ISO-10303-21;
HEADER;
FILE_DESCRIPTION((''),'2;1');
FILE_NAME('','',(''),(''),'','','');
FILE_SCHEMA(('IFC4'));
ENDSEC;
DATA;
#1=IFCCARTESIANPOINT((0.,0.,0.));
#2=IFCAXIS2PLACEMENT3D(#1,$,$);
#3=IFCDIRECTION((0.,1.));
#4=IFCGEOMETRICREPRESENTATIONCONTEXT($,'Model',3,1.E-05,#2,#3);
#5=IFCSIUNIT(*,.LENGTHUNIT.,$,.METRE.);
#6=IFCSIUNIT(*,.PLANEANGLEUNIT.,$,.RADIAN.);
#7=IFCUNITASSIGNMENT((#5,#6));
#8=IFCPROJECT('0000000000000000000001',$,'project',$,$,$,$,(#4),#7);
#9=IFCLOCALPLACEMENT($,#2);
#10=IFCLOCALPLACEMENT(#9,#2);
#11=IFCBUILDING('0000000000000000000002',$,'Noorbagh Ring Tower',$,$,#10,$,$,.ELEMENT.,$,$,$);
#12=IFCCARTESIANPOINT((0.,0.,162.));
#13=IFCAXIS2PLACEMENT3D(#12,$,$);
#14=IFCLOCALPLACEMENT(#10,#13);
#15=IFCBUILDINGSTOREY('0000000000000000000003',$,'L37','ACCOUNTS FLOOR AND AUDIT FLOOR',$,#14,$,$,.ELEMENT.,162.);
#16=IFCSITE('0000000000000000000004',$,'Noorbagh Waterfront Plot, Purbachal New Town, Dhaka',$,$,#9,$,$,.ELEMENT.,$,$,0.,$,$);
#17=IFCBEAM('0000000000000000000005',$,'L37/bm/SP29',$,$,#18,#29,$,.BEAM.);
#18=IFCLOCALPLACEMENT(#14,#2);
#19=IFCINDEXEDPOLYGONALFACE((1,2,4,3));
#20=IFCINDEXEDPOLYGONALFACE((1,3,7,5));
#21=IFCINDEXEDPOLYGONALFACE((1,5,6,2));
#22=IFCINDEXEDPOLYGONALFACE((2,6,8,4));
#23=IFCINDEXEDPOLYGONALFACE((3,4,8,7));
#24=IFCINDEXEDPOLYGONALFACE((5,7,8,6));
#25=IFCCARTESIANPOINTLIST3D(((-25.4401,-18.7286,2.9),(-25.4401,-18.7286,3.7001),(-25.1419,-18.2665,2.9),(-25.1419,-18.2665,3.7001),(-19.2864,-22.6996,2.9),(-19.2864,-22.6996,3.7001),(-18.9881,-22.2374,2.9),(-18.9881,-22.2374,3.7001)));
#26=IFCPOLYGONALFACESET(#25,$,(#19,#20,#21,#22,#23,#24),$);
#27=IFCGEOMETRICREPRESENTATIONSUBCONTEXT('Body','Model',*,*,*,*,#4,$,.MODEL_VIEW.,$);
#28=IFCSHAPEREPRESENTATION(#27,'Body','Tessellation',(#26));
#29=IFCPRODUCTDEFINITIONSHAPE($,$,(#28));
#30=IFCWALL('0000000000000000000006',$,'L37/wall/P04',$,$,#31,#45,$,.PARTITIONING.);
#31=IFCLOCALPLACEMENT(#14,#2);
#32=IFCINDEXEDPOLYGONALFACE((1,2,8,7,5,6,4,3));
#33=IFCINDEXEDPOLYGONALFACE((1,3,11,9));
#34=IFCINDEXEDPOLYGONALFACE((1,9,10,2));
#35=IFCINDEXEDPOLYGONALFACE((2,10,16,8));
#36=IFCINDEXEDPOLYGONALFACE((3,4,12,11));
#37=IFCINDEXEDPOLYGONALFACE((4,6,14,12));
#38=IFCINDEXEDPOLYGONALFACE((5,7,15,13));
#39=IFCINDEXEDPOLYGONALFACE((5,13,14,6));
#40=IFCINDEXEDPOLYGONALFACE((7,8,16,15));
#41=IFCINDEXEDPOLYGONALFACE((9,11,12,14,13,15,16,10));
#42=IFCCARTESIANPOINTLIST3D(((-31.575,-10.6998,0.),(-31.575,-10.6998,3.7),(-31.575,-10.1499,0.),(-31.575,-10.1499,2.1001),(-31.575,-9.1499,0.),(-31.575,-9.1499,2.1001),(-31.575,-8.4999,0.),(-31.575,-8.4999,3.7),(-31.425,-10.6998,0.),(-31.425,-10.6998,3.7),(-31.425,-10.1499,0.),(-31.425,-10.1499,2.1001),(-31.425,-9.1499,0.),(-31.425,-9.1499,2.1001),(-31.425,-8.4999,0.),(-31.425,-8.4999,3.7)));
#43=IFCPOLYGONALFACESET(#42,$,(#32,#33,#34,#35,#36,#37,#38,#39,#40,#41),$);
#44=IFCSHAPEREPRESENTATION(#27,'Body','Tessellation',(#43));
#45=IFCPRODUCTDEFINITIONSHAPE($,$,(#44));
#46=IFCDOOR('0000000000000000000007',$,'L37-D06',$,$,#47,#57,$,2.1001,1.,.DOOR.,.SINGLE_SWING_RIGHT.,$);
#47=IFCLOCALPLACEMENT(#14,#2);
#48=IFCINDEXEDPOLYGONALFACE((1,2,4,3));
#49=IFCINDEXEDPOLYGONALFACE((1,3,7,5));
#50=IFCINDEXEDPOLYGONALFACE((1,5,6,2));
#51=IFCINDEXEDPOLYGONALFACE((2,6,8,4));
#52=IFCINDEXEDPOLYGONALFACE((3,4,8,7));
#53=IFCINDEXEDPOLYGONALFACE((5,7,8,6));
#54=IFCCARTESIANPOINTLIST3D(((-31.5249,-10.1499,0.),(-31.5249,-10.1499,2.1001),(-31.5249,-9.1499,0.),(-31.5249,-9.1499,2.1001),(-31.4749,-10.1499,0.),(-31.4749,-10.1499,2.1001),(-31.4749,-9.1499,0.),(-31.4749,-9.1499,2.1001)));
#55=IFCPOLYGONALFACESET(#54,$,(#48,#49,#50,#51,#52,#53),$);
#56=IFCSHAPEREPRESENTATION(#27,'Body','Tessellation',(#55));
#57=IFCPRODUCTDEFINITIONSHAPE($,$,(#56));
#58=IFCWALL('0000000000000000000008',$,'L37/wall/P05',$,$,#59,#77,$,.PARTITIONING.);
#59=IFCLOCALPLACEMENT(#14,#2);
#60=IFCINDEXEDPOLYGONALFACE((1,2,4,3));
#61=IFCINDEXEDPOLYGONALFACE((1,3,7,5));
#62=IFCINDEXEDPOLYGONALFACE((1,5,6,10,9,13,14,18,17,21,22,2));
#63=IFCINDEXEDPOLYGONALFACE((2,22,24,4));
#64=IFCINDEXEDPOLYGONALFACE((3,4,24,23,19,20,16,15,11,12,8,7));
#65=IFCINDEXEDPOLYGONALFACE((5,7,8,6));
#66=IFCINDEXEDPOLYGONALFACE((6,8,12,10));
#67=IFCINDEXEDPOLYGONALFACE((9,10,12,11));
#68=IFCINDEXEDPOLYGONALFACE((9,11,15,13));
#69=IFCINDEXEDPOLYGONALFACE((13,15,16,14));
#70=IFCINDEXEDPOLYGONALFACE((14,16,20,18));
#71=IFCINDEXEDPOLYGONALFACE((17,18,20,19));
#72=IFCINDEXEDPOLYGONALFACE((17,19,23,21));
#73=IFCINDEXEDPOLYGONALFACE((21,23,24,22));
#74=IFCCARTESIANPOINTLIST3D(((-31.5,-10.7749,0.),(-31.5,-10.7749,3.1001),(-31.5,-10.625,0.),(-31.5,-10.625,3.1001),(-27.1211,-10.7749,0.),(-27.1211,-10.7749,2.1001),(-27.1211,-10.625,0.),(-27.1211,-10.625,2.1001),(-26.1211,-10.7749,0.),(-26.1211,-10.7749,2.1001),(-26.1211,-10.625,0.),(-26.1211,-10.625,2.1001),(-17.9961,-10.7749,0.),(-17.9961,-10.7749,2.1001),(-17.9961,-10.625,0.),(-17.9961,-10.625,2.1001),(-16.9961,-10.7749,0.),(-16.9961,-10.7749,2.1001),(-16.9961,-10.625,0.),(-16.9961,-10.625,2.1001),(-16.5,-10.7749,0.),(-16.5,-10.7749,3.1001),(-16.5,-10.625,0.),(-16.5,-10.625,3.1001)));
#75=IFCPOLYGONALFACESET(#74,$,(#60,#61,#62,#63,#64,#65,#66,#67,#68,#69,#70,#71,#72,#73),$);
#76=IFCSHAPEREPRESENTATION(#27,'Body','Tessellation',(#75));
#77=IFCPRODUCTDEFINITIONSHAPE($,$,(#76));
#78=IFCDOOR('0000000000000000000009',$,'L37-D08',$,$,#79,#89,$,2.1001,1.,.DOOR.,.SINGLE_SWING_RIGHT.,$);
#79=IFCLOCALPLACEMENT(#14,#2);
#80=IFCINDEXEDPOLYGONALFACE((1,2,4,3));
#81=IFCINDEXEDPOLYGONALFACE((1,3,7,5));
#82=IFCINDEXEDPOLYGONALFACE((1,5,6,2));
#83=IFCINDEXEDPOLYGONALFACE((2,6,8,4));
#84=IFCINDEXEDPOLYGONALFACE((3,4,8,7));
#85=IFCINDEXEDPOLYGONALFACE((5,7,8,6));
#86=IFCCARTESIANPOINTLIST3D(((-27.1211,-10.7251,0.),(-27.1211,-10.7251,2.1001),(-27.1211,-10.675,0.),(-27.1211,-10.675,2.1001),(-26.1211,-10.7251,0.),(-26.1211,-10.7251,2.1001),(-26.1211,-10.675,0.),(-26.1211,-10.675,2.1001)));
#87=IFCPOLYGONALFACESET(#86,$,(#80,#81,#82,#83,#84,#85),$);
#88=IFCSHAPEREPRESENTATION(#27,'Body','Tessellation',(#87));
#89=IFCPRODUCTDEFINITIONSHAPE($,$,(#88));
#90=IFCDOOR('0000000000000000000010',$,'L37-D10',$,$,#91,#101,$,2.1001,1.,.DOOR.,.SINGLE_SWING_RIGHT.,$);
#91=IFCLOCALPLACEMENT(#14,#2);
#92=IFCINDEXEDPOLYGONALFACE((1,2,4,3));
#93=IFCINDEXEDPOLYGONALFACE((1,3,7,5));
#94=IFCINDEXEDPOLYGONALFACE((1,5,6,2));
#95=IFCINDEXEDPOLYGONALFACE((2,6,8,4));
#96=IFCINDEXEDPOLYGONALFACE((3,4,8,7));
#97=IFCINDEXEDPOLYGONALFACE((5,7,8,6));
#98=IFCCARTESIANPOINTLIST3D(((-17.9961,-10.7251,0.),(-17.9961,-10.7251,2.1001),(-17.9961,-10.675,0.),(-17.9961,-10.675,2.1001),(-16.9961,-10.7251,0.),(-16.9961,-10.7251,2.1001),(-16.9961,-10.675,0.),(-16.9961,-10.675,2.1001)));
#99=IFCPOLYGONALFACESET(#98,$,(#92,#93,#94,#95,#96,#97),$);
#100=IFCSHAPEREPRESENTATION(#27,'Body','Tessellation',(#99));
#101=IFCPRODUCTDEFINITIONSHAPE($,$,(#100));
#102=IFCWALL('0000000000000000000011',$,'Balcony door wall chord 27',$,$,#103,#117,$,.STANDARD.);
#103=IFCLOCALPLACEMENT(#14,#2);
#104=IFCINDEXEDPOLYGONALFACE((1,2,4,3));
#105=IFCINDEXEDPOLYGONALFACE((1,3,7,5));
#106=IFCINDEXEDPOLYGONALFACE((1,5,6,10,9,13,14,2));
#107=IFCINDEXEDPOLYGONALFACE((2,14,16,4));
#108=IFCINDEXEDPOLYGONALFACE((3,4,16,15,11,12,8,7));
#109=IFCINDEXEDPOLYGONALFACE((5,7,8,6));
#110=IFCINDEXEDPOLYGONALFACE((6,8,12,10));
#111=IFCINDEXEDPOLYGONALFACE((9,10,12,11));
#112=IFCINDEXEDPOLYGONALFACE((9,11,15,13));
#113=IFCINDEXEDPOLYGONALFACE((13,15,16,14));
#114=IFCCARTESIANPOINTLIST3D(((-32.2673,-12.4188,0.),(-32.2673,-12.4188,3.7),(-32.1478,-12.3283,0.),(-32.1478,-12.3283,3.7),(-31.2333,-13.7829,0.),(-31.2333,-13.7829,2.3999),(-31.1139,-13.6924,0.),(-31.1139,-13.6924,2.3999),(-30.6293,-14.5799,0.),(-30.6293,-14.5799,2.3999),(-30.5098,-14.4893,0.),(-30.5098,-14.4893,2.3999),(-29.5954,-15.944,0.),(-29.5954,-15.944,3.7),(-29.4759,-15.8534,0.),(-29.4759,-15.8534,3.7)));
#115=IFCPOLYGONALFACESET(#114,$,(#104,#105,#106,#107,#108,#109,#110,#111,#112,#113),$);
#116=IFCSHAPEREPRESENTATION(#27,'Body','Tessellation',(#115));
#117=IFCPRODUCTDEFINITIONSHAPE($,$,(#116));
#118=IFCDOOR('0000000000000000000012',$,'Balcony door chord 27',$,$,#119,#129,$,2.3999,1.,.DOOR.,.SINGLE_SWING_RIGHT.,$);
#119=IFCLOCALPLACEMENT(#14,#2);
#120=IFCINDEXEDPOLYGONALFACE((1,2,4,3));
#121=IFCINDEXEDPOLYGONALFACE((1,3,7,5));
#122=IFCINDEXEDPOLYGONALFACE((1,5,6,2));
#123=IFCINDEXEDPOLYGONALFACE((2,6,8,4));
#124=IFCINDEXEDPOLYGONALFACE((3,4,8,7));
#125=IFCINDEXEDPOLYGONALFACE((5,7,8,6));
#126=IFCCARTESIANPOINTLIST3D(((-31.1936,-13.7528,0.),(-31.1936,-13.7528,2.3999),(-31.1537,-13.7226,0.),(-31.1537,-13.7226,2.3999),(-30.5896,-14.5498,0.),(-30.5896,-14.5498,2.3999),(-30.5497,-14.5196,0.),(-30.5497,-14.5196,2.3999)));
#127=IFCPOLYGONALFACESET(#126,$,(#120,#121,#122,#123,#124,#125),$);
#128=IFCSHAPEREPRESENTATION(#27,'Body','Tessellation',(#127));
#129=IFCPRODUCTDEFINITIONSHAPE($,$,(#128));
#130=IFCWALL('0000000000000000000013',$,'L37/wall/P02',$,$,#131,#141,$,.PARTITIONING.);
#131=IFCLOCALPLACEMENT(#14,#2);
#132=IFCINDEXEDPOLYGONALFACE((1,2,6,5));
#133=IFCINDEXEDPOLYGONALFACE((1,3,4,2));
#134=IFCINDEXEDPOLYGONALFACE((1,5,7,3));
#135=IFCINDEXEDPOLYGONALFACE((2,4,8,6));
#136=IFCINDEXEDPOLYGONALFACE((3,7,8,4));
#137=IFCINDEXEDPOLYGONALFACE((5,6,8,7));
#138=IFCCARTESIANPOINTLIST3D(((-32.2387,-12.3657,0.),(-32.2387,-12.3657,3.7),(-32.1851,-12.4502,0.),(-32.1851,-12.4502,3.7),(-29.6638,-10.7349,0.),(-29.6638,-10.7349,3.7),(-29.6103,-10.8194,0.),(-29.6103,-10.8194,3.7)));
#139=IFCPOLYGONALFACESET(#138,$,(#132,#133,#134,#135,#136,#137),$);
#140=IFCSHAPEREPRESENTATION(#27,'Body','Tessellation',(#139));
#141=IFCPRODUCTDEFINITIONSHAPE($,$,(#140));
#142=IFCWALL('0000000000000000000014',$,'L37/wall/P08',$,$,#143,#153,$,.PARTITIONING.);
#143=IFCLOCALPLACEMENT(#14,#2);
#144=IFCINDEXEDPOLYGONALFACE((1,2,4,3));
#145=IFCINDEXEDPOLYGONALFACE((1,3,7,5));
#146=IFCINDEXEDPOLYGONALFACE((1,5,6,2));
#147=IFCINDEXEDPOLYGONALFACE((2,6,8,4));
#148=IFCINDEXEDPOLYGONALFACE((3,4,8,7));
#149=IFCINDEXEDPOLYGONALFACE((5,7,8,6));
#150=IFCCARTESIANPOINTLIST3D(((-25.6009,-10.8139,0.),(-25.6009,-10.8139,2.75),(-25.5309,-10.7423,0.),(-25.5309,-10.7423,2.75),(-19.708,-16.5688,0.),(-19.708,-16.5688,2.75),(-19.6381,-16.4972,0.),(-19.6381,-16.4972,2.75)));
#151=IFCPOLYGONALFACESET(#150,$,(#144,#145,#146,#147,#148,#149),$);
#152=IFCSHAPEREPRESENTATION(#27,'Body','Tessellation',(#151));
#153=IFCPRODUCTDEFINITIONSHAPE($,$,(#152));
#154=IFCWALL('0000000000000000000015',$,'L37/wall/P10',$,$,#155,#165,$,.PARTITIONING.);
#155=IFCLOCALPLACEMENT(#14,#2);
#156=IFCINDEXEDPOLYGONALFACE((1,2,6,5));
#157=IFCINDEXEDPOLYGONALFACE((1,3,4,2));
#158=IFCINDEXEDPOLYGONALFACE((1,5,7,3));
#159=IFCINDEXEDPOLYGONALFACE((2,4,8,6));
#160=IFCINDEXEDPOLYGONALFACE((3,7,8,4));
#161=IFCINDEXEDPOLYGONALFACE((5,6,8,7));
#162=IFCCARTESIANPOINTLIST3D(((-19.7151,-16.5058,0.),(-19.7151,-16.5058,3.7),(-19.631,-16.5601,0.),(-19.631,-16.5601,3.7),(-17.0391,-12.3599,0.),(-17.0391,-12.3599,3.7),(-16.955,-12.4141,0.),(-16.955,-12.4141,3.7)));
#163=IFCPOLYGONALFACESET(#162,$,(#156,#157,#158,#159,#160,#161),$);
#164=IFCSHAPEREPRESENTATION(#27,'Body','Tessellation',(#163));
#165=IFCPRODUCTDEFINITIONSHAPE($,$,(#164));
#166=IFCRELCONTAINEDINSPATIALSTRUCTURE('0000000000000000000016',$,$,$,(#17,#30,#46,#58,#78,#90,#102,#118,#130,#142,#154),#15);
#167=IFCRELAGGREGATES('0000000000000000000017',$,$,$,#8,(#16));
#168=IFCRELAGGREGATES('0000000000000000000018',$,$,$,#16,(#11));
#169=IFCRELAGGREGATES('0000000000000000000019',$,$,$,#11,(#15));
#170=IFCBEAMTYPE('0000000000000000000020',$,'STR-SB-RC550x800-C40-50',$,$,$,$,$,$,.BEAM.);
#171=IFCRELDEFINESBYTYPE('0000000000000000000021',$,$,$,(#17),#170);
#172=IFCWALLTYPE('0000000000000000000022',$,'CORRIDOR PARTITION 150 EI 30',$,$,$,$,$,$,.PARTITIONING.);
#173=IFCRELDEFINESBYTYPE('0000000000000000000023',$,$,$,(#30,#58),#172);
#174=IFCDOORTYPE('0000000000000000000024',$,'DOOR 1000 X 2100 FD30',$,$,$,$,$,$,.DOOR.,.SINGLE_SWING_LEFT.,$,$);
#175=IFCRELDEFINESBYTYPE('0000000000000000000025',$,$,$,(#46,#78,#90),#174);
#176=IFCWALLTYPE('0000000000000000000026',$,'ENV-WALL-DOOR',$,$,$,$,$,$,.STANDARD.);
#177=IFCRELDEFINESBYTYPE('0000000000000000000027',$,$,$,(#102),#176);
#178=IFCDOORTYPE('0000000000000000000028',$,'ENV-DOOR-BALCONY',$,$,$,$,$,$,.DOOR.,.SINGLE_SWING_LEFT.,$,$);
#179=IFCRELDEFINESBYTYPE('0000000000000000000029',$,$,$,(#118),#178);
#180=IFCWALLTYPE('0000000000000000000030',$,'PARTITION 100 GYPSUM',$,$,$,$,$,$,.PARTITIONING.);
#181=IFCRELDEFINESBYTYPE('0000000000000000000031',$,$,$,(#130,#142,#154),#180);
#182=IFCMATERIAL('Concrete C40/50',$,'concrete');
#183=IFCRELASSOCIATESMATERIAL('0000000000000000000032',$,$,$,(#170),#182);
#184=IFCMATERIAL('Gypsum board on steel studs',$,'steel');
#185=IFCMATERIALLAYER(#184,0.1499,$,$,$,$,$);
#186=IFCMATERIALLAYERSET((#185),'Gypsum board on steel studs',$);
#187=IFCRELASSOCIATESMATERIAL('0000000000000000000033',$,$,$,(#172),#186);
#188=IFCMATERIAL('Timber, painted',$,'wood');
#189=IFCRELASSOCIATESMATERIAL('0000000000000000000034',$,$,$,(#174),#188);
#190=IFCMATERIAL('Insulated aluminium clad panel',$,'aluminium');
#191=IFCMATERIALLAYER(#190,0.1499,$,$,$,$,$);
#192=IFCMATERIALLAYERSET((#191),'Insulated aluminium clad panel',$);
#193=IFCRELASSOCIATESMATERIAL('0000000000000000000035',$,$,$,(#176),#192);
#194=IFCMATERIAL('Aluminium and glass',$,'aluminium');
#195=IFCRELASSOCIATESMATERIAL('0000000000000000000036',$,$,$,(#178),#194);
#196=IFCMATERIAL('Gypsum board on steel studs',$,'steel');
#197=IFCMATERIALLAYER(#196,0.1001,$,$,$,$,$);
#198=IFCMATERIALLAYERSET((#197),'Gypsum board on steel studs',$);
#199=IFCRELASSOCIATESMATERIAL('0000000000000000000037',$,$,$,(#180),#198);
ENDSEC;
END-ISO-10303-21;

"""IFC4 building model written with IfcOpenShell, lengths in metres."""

from ifc_helpers import new_model, si_unit, direction, frame, frame_2d, origin, origin_2d, place, context, subcontext, project, spatial, rectangle, extrude, material, layer, layer_set, material_profile, profile_set, type_object, element, fill, save


model = new_model("IFC4")

# Units and contexts
model_context = context("Model", 3, precision=1e-05, world=origin(), true_north=direction((0.0, 1.0)))
body_context = subcontext(model_context, "Body", "Model", "MODEL_VIEW")
ifc_project = project(units=[si_unit("LENGTHUNIT", "METRE"), si_unit("PLANEANGLEUNIT", "RADIAN")], contexts=[model_context])

# Site, building, storey
site_placement = place(None, origin())
site = spatial("IfcSite", under=ifc_project, at=site_placement, Name="Noorbagh Waterfront Plot, Purbachal New Town, Dhaka", CompositionType="ELEMENT", RefElevation=0.0)
building_placement = place(site_placement, origin())
building = spatial("IfcBuilding", under=site, at=building_placement, Name="Noorbagh Ring Tower", CompositionType="ELEMENT")
storey_placement = place(building_placement, frame((0.0, 0.0, 162.0)))
storey = spatial("IfcBuildingStorey", under=building, at=storey_placement, Name="L37", Description="ACCOUNTS FLOOR AND AUDIT FLOOR", CompositionType="ELEMENT", Elevation=162.0)

# Beam
ifc_material_1 = material(Name="Concrete C40/50", Category="concrete")
ifc_material_profile_1 = material_profile(ifc_material_1, rectangle(XDim=0.55, YDim=0.8, at=origin_2d()), Name="RC550x800")
ifc_profile_set_1 = profile_set([ifc_material_profile_1], Name="Concrete C40/50")
beam_type_1 = type_object("IfcBeamType", Name="STR-SB-RC550x800-C40-50", PredefinedType="BEAM", material=ifc_profile_set_1)
beam_1_placement = place(storey_placement, frame((-25.291, -18.4976, 3.3), z_axis=(0.84025, -0.542199, 0.0), x_axis=(0.542199, 0.84025, 0.0)))
element("IfcBeam", 1, at=beam_1_placement, inside=storey, type_object=beam_type_1, Name="L37/bm/SP29", PredefinedType="BEAM", context=body_context, shape_type="SweptSolid", body=[
    extrude(rectangle(XDim=0.55, YDim=0.8, at=origin_2d()), origin(), (0.0, 0.0, 1.0), 7.3237),
])

# Wall, opening, door
ifc_material_2 = material(Name="Gypsum board on steel studs", Category="steel")
ifc_layer_1 = layer(ifc_material_2, 0.1499)
ifc_layer_set_1 = layer_set([ifc_layer_1], Name="Gypsum board on steel studs")
wall_type_1 = type_object("IfcWallType", Name="CORRIDOR PARTITION 150 EI 30", PredefinedType="PARTITIONING", material=ifc_layer_set_1)
wall_1_placement = place(storey_placement, frame((-31.5, -10.7, 0.0), z_axis=(0.0, 0.0, 1.0), x_axis=(0.0, 1.0, 0.0)))
wall_1 = element("IfcWall", 2, at=wall_1_placement, inside=storey, type_object=wall_type_1, Name="L37/wall/P04", PredefinedType="PARTITIONING", context=body_context, shape_type="SweptSolid", body=[
    extrude(rectangle(XDim=2.2, YDim=0.1499, at=frame_2d((1.1001, 0.0))), origin(), (0.0, 0.0, 1.0), 3.7),
])
opening_1_placement = place(wall_1_placement, frame((0.55, 0.0, 0.0)))
opening_1 = element("IfcOpeningElement", 3, at=opening_1_placement, cuts=wall_1, PredefinedType="OPENING", context=body_context, shape_type="SweptSolid", body=[
    extrude(rectangle(XDim=1.0, YDim=2.1001, at=frame_2d((0.5, 1.05))), frame((0.0, 0.085, 0.0), z_axis=(0.0, -1.0, 0.0), x_axis=(1.0, 0.0, 0.0)), (0.0, 0.0, 1.0), 0.1699),
])
ifc_material_3 = material(Name="Timber, painted", Category="wood")
door_type_1 = type_object("IfcDoorType", Name="DOOR 1000 X 2100 FD30", OperationType="SINGLE_SWING_LEFT", PredefinedType="DOOR", material=ifc_material_3)
door_1_placement = place(opening_1_placement, origin())
door_1 = element("IfcDoor", 4, at=door_1_placement, inside=storey, type_object=door_type_1, Name="L37-D06", OperationType="SINGLE_SWING_RIGHT", OverallHeight=2.1001, OverallWidth=1.0, PredefinedType="DOOR", context=body_context, shape_type="SweptSolid", body=[
    extrude(rectangle(XDim=1.0, YDim=2.1001, at=frame_2d((0.5, 1.05))), frame((0.0, 0.0249, 0.0), z_axis=(0.0, -1.0, 0.0), x_axis=(1.0, 0.0, 0.0)), (0.0, 0.0, 1.0), 0.05),
])
fill(opening_1, door_1)

# Wall, openings, doors
wall_2_placement = place(storey_placement, frame((-31.5, -10.7, 0.0), z_axis=(0.0, 0.0, 1.0), x_axis=(1.0, 0.0, 0.0)))
wall_2 = element("IfcWall", 5, at=wall_2_placement, inside=storey, type_object=wall_type_1, Name="L37/wall/P05", PredefinedType="PARTITIONING", context=body_context, shape_type="SweptSolid", body=[
    extrude(rectangle(XDim=15.0, YDim=0.1499, at=frame_2d((7.5, 0.0))), origin(), (0.0, 0.0, 1.0), 3.1001),
])
opening_2_placement = place(wall_2_placement, frame((4.3789, 0.0, 0.0)))
opening_2 = element("IfcOpeningElement", 6, at=opening_2_placement, cuts=wall_2, PredefinedType="OPENING", context=body_context, shape_type="SweptSolid", body=[
    extrude(rectangle(XDim=1.0, YDim=2.1001, at=frame_2d((0.5, 1.05))), frame((0.0, 0.085, 0.0), z_axis=(0.0, -1.0, 0.0), x_axis=(1.0, 0.0, 0.0)), (0.0, 0.0, 1.0), 0.1699),
])
opening_3_placement = place(wall_2_placement, frame((13.5039, 0.0, 0.0)))
opening_3 = element("IfcOpeningElement", 7, at=opening_3_placement, cuts=wall_2, PredefinedType="OPENING", context=body_context, shape_type="SweptSolid", body=[
    extrude(rectangle(XDim=1.0, YDim=2.1001, at=frame_2d((0.5, 1.05))), frame((0.0, 0.085, 0.0), z_axis=(0.0, -1.0, 0.0), x_axis=(1.0, 0.0, 0.0)), (0.0, 0.0, 1.0), 0.1699),
])
door_2_placement = place(opening_2_placement, origin())
door_2 = element("IfcDoor", 8, at=door_2_placement, inside=storey, type_object=door_type_1, Name="L37-D08", OperationType="SINGLE_SWING_RIGHT", OverallHeight=2.1001, OverallWidth=1.0, PredefinedType="DOOR", context=body_context, shape_type="SweptSolid", body=[
    extrude(rectangle(XDim=1.0, YDim=2.1001, at=frame_2d((0.5, 1.05))), frame((0.0, 0.0249, 0.0), z_axis=(0.0, -1.0, 0.0), x_axis=(1.0, 0.0, 0.0)), (0.0, 0.0, 1.0), 0.05),
])
fill(opening_2, door_2)
door_3_placement = place(opening_3_placement, origin())
door_3 = element("IfcDoor", 9, at=door_3_placement, inside=storey, type_object=door_type_1, Name="L37-D10", OperationType="SINGLE_SWING_RIGHT", OverallHeight=2.1001, OverallWidth=1.0, PredefinedType="DOOR", context=body_context, shape_type="SweptSolid", body=[
    extrude(rectangle(XDim=1.0, YDim=2.1001, at=frame_2d((0.5, 1.05))), frame((0.0, 0.0249, 0.0), z_axis=(0.0, -1.0, 0.0), x_axis=(1.0, 0.0, 0.0)), (0.0, 0.0, 1.0), 0.05),
])
fill(opening_3, door_3)

# Wall, opening, door
ifc_material_4 = material(Name="Insulated aluminium clad panel", Category="aluminium")
ifc_layer_2 = layer(ifc_material_4, 0.1499)
ifc_layer_set_2 = layer_set([ifc_layer_2], Name="Insulated aluminium clad panel")
wall_type_2 = type_object("IfcWallType", Name="ENV-WALL-DOOR", PredefinedType="STANDARD", material=ifc_layer_set_2)
wall_3_placement = place(storey_placement, frame((-32.2075, -12.3735, 0.0), z_axis=(0.0, 0.0, 1.0), x_axis=(0.604046, -0.79695, 0.0)))
wall_3 = element("IfcWall", 10, at=wall_3_placement, inside=storey, type_object=wall_type_2, Name="Balcony door wall chord 27", PredefinedType="STANDARD", context=body_context, shape_type="SweptSolid", body=[
    extrude(rectangle(XDim=4.4233, YDim=0.1499, at=frame_2d((2.2117, 0.0))), origin(), (0.0, 0.0, 1.0), 3.7),
])
opening_4_placement = place(wall_3_placement, frame((1.7117, 0.0, 0.0)))
opening_4 = element("IfcOpeningElement", 11, at=opening_4_placement, cuts=wall_3, PredefinedType="OPENING", context=body_context, shape_type="SweptSolid", body=[
    extrude(rectangle(XDim=1.0, YDim=2.3999, at=frame_2d((0.5, 1.2))), frame((0.0, 0.085, 0.0), z_axis=(0.0, -1.0, 0.0), x_axis=(1.0, 0.0, 0.0)), (0.0, 0.0, 1.0), 0.1699),
])
ifc_material_5 = material(Name="Aluminium and glass", Category="aluminium")
door_type_2 = type_object("IfcDoorType", Name="ENV-DOOR-BALCONY", OperationType="SINGLE_SWING_LEFT", PredefinedType="DOOR", material=ifc_material_5)
door_4_placement = place(opening_4_placement, origin())
door_4 = element("IfcDoor", 12, at=door_4_placement, inside=storey, type_object=door_type_2, Name="Balcony door chord 27", OperationType="SINGLE_SWING_RIGHT", OverallHeight=2.3999, OverallWidth=1.0, PredefinedType="DOOR", context=body_context, shape_type="SweptSolid", body=[
    extrude(rectangle(XDim=1.0, YDim=2.3999, at=frame_2d((0.5, 1.2))), frame((0.0, 0.0249, 0.0), z_axis=(0.0, -1.0, 0.0), x_axis=(1.0, 0.0, 0.0)), (0.0, 0.0, 1.0), 0.05),
])
fill(opening_4, door_4)

# Walls
ifc_material_6 = material(Name="Gypsum board on steel studs", Category="steel")
ifc_layer_3 = layer(ifc_material_6, 0.1001)
ifc_layer_set_3 = layer_set([ifc_layer_3], Name="Gypsum board on steel studs")
wall_type_3 = type_object("IfcWallType", Name="PARTITION 100 GYPSUM", PredefinedType="PARTITIONING", material=ifc_layer_set_3)
wall_4_placement = place(storey_placement, frame((-32.2119, -12.408, 0.0), z_axis=(0.0, 0.0, 1.0), x_axis=(0.844811, 0.535065, 0.0)))
element("IfcWall", 13, at=wall_4_placement, inside=storey, type_object=wall_type_3, Name="L37/wall/P02", PredefinedType="PARTITIONING", context=body_context, shape_type="SweptSolid", body=[
    extrude(rectangle(XDim=3.0479, YDim=0.1001, at=frame_2d((1.5239, 0.0))), origin(), (0.0, 0.0, 1.0), 3.7),
])
wall_5_placement = place(storey_placement, frame((-25.5659, -10.7781, 0.0), z_axis=(0.0, 0.0, 1.0), x_axis=(0.715431, -0.698684, 0.0)))
element("IfcWall", 14, at=wall_5_placement, inside=storey, type_object=wall_type_3, Name="L37/wall/P08", PredefinedType="PARTITIONING", context=body_context, shape_type="SweptSolid", body=[
    extrude(rectangle(XDim=8.2368, YDim=0.1001, at=frame_2d((4.1184, 0.0))), origin(), (0.0, 0.0, 1.0), 2.75),
])
wall_6_placement = place(storey_placement, frame((-19.6731, -16.533, 0.0), z_axis=(0.0, 0.0, 1.0), x_axis=(0.542297, 0.840187, 0.0)))
element("IfcWall", 15, at=wall_6_placement, inside=storey, type_object=wall_type_3, Name="L37/wall/P10", PredefinedType="PARTITIONING", context=body_context, shape_type="SweptSolid", body=[
    extrude(rectangle(XDim=4.9346, YDim=0.1001, at=frame_2d((2.4673, 0.0))), origin(), (0.0, 0.0, 1.0), 3.7),
])

save(model, "model.ifc")
